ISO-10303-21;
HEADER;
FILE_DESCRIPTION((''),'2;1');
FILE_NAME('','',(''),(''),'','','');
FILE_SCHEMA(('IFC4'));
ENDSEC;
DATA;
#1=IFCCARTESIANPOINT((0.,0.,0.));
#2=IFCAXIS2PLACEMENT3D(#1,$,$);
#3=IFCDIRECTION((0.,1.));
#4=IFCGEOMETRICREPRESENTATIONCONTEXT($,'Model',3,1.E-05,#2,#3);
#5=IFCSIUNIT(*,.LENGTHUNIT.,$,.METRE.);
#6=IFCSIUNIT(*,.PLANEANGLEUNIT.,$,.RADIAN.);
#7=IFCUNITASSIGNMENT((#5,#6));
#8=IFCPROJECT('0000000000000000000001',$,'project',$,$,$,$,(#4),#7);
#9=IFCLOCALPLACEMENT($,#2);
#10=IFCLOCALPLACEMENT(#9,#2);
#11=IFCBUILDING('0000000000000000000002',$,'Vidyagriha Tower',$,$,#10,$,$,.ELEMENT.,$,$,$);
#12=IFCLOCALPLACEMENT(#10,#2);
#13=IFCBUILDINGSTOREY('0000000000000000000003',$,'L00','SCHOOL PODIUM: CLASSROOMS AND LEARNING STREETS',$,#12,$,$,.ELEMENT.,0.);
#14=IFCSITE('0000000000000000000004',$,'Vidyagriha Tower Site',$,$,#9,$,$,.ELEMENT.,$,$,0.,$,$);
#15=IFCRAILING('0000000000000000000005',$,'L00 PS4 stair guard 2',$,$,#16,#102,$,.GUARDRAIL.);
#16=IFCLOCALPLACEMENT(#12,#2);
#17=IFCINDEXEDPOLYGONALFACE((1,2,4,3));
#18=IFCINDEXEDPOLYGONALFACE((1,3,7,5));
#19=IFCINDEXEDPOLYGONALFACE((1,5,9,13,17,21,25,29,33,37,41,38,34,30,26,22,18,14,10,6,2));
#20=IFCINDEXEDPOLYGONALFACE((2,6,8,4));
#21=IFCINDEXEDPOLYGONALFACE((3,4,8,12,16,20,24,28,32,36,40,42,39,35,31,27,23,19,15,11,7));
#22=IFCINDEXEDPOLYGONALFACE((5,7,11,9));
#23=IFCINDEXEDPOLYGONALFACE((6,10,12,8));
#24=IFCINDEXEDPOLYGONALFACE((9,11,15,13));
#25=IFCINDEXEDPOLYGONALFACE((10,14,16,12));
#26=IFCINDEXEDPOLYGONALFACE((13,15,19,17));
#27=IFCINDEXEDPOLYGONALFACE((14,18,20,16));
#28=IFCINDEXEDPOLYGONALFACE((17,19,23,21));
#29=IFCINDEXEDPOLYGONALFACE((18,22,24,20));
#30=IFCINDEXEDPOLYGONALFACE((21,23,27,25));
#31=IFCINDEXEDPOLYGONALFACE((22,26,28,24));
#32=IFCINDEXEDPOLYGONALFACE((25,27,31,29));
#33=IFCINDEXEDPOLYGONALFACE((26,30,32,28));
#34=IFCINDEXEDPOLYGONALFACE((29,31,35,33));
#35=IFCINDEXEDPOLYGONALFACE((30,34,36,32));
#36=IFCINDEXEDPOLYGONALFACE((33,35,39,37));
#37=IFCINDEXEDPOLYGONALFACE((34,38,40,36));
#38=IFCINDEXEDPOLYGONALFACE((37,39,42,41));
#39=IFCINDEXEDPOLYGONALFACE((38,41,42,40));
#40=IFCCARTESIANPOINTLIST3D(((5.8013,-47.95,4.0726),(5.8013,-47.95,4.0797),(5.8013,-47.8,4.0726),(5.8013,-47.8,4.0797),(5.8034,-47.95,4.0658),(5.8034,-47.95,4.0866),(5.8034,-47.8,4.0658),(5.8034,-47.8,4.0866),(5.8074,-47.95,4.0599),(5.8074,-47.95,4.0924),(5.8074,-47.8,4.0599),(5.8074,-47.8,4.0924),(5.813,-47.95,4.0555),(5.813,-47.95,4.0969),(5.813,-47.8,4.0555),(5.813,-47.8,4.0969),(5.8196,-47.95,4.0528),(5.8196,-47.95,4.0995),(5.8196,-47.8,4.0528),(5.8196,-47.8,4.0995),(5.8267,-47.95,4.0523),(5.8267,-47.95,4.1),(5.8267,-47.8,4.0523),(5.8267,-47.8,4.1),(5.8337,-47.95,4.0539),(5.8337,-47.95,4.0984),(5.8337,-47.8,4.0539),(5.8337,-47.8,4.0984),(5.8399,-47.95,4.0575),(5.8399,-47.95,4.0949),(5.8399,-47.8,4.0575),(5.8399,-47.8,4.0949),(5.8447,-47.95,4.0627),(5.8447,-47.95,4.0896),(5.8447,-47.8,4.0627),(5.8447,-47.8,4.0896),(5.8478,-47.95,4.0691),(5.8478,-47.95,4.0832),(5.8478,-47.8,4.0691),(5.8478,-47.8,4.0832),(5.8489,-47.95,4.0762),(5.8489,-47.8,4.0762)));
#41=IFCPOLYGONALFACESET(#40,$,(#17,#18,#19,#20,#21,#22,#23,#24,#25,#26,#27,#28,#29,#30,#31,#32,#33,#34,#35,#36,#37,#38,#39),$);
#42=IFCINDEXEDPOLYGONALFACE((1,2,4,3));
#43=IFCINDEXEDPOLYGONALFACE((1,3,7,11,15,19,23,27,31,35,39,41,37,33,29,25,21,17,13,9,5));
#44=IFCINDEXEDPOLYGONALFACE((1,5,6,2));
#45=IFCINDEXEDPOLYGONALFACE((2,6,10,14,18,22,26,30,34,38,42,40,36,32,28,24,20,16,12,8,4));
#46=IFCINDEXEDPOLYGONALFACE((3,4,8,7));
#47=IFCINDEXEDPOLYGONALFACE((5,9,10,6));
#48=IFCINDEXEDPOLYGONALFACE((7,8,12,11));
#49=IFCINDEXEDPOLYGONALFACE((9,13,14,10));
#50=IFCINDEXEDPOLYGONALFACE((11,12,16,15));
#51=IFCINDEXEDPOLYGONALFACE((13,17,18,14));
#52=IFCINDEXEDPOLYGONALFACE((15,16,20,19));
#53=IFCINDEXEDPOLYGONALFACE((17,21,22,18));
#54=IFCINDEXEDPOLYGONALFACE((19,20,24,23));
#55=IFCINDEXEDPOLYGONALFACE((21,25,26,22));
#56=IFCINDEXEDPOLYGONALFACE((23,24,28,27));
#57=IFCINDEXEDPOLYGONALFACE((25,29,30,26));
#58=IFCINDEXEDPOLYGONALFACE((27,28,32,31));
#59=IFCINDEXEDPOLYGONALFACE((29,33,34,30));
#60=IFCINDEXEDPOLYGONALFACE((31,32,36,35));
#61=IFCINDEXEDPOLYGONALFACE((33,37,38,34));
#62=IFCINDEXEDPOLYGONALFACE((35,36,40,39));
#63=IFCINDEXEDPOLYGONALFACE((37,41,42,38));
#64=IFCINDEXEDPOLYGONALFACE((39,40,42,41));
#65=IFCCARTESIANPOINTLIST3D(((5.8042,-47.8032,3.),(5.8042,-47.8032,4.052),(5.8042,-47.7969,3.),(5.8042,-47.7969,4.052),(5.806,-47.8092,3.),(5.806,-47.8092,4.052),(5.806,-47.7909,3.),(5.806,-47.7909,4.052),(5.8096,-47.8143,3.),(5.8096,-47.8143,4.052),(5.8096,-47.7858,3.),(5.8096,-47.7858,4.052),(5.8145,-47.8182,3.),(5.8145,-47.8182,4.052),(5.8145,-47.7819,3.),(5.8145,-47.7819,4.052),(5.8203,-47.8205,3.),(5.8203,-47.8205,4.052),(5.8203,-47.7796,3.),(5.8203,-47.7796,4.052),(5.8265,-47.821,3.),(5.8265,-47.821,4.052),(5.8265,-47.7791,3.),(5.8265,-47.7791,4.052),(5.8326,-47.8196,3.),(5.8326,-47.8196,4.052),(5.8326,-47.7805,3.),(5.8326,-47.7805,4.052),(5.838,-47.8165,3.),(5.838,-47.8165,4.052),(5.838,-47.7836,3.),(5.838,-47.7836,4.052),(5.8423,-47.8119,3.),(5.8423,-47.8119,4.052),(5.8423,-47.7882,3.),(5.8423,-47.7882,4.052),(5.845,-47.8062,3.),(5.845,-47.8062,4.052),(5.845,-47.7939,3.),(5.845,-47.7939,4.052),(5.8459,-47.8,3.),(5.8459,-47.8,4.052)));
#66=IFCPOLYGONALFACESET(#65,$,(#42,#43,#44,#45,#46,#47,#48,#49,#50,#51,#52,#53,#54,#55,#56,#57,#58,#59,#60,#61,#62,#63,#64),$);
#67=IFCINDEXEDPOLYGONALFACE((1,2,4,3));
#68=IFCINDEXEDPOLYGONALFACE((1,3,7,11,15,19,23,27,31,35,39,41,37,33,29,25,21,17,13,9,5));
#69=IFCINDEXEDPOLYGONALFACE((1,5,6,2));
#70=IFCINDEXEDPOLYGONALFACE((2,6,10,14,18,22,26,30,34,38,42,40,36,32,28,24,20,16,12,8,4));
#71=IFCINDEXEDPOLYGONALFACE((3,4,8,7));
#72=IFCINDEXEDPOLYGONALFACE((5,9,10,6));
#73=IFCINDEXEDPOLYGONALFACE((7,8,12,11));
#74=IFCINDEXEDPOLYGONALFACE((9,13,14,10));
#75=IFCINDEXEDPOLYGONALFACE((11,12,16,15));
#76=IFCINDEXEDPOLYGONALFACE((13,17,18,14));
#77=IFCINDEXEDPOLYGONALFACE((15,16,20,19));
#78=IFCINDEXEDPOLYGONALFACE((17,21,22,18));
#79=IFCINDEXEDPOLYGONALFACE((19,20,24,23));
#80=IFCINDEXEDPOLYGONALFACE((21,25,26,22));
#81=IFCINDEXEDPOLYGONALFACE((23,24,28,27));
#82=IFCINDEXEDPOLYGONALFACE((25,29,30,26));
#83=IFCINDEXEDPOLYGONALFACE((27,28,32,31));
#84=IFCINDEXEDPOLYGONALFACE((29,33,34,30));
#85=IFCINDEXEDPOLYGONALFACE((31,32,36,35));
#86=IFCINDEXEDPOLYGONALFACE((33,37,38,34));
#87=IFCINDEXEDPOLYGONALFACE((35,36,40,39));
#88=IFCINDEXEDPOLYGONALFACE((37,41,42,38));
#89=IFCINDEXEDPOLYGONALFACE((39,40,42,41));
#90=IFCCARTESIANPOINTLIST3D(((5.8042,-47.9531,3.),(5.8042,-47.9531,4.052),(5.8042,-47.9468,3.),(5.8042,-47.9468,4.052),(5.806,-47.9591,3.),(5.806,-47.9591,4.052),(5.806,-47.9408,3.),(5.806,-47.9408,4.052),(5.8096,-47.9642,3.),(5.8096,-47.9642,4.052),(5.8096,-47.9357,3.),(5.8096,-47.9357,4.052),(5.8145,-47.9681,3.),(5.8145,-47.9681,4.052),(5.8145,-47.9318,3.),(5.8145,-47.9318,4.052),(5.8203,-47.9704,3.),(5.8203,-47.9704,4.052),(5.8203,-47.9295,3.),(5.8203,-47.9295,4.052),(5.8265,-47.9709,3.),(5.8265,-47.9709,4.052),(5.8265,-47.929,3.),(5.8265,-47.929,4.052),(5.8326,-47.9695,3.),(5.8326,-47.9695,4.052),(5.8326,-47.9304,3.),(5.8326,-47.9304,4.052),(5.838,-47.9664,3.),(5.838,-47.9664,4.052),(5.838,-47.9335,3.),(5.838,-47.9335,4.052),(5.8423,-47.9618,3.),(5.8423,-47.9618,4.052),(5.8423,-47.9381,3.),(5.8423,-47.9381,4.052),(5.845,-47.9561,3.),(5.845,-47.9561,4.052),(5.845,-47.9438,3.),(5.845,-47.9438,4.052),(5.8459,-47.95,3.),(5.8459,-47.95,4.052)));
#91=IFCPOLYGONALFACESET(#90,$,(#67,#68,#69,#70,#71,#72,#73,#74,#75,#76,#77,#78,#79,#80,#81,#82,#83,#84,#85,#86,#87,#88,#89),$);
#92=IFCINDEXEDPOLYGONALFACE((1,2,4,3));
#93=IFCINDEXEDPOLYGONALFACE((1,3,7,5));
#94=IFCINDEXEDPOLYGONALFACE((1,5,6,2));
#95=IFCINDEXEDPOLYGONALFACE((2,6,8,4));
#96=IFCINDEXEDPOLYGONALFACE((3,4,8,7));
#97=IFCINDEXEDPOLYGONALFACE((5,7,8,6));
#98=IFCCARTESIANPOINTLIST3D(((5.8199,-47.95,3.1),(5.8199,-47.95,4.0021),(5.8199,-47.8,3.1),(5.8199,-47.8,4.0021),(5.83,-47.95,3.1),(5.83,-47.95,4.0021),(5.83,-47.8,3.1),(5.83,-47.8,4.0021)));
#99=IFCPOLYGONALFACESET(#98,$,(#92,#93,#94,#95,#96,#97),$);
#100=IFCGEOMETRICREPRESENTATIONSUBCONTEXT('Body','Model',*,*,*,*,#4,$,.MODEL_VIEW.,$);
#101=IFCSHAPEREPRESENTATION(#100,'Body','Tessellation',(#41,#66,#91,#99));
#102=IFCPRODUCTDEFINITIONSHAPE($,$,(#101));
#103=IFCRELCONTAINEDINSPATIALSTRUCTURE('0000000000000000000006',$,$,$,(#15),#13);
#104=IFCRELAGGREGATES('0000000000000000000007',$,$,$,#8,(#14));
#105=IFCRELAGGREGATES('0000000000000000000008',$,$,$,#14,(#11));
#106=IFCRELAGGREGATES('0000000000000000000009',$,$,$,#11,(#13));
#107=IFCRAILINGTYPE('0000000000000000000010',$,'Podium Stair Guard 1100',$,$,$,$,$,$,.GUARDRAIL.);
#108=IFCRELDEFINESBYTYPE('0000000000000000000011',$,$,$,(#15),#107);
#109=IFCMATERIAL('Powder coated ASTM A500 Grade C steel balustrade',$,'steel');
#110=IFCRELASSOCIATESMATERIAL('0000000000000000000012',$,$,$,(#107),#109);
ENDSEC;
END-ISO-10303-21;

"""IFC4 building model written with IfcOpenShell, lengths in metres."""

from ifc_helpers import new_model, si_unit, direction, frame, origin, origin_2d, place, context, subcontext, project, spatial, rectangle, circle, extrude, material, type_object, element, save


model = new_model("IFC4")

# Units and contexts
model_context = context("Model", 3, precision=1e-05, world=origin(), true_north=direction((0.0, 1.0)))
body_context = subcontext(model_context, "Body", "Model", "MODEL_VIEW")
ifc_project = project(units=[si_unit("LENGTHUNIT", "METRE"), si_unit("PLANEANGLEUNIT", "RADIAN")], contexts=[model_context])

# Site, building, storey
site_placement = place(None, origin())
site = spatial("IfcSite", under=ifc_project, at=site_placement, Name="Vidyagriha Tower Site", CompositionType="ELEMENT", RefElevation=0.0)
building_placement = place(site_placement, origin())
building = spatial("IfcBuilding", under=site, at=building_placement, Name="Vidyagriha Tower", CompositionType="ELEMENT")
storey_placement = place(building_placement, origin())
storey = spatial("IfcBuildingStorey", under=building, at=storey_placement, Name="L00", Description="SCHOOL PODIUM: CLASSROOMS AND LEARNING STREETS", CompositionType="ELEMENT", Elevation=0.0)

# Railing
ifc_material_1 = material(Name="Powder coated ASTM A500 Grade C steel balustrade", Category="steel")
railing_type_1 = type_object("IfcRailingType", Name="Podium Stair Guard 1100", PredefinedType="GUARDRAIL", material=ifc_material_1)
railing_1_placement = place(storey_placement, frame((5.825, -47.8, 3.0)))
element("IfcRailing", 1, at=railing_1_placement, inside=storey, type_object=railing_type_1, Name="L00 PS4 stair guard 2", PredefinedType="GUARDRAIL", context=body_context, shape_type="SweptSolid", body=[
    extrude(circle(Radius=0.0239, at=origin_2d()), frame((0.0, 0.0, 1.0762), z_axis=(0.0, -1.0, 0.0), x_axis=(1.0, 0.0, 0.0)), (0.0, 0.0, 1.0), 0.1499),
    extrude(circle(Radius=0.021, at=origin_2d()), origin(), (0.0, 0.0, 1.0), 1.052),
    extrude(circle(Radius=0.021, at=origin_2d()), frame((0.0, -0.1499, 0.0)), (0.0, 0.0, 1.0), 1.052),
    extrude(rectangle(XDim=0.01, YDim=0.9021, at=origin_2d()), frame((0.0, 0.0, 0.551), z_axis=(0.0, -1.0, 0.0), x_axis=(1.0, 0.0, 0.0)), (0.0, 0.0, 1.0), 0.1499),
])

save(model, "model.ifc")
